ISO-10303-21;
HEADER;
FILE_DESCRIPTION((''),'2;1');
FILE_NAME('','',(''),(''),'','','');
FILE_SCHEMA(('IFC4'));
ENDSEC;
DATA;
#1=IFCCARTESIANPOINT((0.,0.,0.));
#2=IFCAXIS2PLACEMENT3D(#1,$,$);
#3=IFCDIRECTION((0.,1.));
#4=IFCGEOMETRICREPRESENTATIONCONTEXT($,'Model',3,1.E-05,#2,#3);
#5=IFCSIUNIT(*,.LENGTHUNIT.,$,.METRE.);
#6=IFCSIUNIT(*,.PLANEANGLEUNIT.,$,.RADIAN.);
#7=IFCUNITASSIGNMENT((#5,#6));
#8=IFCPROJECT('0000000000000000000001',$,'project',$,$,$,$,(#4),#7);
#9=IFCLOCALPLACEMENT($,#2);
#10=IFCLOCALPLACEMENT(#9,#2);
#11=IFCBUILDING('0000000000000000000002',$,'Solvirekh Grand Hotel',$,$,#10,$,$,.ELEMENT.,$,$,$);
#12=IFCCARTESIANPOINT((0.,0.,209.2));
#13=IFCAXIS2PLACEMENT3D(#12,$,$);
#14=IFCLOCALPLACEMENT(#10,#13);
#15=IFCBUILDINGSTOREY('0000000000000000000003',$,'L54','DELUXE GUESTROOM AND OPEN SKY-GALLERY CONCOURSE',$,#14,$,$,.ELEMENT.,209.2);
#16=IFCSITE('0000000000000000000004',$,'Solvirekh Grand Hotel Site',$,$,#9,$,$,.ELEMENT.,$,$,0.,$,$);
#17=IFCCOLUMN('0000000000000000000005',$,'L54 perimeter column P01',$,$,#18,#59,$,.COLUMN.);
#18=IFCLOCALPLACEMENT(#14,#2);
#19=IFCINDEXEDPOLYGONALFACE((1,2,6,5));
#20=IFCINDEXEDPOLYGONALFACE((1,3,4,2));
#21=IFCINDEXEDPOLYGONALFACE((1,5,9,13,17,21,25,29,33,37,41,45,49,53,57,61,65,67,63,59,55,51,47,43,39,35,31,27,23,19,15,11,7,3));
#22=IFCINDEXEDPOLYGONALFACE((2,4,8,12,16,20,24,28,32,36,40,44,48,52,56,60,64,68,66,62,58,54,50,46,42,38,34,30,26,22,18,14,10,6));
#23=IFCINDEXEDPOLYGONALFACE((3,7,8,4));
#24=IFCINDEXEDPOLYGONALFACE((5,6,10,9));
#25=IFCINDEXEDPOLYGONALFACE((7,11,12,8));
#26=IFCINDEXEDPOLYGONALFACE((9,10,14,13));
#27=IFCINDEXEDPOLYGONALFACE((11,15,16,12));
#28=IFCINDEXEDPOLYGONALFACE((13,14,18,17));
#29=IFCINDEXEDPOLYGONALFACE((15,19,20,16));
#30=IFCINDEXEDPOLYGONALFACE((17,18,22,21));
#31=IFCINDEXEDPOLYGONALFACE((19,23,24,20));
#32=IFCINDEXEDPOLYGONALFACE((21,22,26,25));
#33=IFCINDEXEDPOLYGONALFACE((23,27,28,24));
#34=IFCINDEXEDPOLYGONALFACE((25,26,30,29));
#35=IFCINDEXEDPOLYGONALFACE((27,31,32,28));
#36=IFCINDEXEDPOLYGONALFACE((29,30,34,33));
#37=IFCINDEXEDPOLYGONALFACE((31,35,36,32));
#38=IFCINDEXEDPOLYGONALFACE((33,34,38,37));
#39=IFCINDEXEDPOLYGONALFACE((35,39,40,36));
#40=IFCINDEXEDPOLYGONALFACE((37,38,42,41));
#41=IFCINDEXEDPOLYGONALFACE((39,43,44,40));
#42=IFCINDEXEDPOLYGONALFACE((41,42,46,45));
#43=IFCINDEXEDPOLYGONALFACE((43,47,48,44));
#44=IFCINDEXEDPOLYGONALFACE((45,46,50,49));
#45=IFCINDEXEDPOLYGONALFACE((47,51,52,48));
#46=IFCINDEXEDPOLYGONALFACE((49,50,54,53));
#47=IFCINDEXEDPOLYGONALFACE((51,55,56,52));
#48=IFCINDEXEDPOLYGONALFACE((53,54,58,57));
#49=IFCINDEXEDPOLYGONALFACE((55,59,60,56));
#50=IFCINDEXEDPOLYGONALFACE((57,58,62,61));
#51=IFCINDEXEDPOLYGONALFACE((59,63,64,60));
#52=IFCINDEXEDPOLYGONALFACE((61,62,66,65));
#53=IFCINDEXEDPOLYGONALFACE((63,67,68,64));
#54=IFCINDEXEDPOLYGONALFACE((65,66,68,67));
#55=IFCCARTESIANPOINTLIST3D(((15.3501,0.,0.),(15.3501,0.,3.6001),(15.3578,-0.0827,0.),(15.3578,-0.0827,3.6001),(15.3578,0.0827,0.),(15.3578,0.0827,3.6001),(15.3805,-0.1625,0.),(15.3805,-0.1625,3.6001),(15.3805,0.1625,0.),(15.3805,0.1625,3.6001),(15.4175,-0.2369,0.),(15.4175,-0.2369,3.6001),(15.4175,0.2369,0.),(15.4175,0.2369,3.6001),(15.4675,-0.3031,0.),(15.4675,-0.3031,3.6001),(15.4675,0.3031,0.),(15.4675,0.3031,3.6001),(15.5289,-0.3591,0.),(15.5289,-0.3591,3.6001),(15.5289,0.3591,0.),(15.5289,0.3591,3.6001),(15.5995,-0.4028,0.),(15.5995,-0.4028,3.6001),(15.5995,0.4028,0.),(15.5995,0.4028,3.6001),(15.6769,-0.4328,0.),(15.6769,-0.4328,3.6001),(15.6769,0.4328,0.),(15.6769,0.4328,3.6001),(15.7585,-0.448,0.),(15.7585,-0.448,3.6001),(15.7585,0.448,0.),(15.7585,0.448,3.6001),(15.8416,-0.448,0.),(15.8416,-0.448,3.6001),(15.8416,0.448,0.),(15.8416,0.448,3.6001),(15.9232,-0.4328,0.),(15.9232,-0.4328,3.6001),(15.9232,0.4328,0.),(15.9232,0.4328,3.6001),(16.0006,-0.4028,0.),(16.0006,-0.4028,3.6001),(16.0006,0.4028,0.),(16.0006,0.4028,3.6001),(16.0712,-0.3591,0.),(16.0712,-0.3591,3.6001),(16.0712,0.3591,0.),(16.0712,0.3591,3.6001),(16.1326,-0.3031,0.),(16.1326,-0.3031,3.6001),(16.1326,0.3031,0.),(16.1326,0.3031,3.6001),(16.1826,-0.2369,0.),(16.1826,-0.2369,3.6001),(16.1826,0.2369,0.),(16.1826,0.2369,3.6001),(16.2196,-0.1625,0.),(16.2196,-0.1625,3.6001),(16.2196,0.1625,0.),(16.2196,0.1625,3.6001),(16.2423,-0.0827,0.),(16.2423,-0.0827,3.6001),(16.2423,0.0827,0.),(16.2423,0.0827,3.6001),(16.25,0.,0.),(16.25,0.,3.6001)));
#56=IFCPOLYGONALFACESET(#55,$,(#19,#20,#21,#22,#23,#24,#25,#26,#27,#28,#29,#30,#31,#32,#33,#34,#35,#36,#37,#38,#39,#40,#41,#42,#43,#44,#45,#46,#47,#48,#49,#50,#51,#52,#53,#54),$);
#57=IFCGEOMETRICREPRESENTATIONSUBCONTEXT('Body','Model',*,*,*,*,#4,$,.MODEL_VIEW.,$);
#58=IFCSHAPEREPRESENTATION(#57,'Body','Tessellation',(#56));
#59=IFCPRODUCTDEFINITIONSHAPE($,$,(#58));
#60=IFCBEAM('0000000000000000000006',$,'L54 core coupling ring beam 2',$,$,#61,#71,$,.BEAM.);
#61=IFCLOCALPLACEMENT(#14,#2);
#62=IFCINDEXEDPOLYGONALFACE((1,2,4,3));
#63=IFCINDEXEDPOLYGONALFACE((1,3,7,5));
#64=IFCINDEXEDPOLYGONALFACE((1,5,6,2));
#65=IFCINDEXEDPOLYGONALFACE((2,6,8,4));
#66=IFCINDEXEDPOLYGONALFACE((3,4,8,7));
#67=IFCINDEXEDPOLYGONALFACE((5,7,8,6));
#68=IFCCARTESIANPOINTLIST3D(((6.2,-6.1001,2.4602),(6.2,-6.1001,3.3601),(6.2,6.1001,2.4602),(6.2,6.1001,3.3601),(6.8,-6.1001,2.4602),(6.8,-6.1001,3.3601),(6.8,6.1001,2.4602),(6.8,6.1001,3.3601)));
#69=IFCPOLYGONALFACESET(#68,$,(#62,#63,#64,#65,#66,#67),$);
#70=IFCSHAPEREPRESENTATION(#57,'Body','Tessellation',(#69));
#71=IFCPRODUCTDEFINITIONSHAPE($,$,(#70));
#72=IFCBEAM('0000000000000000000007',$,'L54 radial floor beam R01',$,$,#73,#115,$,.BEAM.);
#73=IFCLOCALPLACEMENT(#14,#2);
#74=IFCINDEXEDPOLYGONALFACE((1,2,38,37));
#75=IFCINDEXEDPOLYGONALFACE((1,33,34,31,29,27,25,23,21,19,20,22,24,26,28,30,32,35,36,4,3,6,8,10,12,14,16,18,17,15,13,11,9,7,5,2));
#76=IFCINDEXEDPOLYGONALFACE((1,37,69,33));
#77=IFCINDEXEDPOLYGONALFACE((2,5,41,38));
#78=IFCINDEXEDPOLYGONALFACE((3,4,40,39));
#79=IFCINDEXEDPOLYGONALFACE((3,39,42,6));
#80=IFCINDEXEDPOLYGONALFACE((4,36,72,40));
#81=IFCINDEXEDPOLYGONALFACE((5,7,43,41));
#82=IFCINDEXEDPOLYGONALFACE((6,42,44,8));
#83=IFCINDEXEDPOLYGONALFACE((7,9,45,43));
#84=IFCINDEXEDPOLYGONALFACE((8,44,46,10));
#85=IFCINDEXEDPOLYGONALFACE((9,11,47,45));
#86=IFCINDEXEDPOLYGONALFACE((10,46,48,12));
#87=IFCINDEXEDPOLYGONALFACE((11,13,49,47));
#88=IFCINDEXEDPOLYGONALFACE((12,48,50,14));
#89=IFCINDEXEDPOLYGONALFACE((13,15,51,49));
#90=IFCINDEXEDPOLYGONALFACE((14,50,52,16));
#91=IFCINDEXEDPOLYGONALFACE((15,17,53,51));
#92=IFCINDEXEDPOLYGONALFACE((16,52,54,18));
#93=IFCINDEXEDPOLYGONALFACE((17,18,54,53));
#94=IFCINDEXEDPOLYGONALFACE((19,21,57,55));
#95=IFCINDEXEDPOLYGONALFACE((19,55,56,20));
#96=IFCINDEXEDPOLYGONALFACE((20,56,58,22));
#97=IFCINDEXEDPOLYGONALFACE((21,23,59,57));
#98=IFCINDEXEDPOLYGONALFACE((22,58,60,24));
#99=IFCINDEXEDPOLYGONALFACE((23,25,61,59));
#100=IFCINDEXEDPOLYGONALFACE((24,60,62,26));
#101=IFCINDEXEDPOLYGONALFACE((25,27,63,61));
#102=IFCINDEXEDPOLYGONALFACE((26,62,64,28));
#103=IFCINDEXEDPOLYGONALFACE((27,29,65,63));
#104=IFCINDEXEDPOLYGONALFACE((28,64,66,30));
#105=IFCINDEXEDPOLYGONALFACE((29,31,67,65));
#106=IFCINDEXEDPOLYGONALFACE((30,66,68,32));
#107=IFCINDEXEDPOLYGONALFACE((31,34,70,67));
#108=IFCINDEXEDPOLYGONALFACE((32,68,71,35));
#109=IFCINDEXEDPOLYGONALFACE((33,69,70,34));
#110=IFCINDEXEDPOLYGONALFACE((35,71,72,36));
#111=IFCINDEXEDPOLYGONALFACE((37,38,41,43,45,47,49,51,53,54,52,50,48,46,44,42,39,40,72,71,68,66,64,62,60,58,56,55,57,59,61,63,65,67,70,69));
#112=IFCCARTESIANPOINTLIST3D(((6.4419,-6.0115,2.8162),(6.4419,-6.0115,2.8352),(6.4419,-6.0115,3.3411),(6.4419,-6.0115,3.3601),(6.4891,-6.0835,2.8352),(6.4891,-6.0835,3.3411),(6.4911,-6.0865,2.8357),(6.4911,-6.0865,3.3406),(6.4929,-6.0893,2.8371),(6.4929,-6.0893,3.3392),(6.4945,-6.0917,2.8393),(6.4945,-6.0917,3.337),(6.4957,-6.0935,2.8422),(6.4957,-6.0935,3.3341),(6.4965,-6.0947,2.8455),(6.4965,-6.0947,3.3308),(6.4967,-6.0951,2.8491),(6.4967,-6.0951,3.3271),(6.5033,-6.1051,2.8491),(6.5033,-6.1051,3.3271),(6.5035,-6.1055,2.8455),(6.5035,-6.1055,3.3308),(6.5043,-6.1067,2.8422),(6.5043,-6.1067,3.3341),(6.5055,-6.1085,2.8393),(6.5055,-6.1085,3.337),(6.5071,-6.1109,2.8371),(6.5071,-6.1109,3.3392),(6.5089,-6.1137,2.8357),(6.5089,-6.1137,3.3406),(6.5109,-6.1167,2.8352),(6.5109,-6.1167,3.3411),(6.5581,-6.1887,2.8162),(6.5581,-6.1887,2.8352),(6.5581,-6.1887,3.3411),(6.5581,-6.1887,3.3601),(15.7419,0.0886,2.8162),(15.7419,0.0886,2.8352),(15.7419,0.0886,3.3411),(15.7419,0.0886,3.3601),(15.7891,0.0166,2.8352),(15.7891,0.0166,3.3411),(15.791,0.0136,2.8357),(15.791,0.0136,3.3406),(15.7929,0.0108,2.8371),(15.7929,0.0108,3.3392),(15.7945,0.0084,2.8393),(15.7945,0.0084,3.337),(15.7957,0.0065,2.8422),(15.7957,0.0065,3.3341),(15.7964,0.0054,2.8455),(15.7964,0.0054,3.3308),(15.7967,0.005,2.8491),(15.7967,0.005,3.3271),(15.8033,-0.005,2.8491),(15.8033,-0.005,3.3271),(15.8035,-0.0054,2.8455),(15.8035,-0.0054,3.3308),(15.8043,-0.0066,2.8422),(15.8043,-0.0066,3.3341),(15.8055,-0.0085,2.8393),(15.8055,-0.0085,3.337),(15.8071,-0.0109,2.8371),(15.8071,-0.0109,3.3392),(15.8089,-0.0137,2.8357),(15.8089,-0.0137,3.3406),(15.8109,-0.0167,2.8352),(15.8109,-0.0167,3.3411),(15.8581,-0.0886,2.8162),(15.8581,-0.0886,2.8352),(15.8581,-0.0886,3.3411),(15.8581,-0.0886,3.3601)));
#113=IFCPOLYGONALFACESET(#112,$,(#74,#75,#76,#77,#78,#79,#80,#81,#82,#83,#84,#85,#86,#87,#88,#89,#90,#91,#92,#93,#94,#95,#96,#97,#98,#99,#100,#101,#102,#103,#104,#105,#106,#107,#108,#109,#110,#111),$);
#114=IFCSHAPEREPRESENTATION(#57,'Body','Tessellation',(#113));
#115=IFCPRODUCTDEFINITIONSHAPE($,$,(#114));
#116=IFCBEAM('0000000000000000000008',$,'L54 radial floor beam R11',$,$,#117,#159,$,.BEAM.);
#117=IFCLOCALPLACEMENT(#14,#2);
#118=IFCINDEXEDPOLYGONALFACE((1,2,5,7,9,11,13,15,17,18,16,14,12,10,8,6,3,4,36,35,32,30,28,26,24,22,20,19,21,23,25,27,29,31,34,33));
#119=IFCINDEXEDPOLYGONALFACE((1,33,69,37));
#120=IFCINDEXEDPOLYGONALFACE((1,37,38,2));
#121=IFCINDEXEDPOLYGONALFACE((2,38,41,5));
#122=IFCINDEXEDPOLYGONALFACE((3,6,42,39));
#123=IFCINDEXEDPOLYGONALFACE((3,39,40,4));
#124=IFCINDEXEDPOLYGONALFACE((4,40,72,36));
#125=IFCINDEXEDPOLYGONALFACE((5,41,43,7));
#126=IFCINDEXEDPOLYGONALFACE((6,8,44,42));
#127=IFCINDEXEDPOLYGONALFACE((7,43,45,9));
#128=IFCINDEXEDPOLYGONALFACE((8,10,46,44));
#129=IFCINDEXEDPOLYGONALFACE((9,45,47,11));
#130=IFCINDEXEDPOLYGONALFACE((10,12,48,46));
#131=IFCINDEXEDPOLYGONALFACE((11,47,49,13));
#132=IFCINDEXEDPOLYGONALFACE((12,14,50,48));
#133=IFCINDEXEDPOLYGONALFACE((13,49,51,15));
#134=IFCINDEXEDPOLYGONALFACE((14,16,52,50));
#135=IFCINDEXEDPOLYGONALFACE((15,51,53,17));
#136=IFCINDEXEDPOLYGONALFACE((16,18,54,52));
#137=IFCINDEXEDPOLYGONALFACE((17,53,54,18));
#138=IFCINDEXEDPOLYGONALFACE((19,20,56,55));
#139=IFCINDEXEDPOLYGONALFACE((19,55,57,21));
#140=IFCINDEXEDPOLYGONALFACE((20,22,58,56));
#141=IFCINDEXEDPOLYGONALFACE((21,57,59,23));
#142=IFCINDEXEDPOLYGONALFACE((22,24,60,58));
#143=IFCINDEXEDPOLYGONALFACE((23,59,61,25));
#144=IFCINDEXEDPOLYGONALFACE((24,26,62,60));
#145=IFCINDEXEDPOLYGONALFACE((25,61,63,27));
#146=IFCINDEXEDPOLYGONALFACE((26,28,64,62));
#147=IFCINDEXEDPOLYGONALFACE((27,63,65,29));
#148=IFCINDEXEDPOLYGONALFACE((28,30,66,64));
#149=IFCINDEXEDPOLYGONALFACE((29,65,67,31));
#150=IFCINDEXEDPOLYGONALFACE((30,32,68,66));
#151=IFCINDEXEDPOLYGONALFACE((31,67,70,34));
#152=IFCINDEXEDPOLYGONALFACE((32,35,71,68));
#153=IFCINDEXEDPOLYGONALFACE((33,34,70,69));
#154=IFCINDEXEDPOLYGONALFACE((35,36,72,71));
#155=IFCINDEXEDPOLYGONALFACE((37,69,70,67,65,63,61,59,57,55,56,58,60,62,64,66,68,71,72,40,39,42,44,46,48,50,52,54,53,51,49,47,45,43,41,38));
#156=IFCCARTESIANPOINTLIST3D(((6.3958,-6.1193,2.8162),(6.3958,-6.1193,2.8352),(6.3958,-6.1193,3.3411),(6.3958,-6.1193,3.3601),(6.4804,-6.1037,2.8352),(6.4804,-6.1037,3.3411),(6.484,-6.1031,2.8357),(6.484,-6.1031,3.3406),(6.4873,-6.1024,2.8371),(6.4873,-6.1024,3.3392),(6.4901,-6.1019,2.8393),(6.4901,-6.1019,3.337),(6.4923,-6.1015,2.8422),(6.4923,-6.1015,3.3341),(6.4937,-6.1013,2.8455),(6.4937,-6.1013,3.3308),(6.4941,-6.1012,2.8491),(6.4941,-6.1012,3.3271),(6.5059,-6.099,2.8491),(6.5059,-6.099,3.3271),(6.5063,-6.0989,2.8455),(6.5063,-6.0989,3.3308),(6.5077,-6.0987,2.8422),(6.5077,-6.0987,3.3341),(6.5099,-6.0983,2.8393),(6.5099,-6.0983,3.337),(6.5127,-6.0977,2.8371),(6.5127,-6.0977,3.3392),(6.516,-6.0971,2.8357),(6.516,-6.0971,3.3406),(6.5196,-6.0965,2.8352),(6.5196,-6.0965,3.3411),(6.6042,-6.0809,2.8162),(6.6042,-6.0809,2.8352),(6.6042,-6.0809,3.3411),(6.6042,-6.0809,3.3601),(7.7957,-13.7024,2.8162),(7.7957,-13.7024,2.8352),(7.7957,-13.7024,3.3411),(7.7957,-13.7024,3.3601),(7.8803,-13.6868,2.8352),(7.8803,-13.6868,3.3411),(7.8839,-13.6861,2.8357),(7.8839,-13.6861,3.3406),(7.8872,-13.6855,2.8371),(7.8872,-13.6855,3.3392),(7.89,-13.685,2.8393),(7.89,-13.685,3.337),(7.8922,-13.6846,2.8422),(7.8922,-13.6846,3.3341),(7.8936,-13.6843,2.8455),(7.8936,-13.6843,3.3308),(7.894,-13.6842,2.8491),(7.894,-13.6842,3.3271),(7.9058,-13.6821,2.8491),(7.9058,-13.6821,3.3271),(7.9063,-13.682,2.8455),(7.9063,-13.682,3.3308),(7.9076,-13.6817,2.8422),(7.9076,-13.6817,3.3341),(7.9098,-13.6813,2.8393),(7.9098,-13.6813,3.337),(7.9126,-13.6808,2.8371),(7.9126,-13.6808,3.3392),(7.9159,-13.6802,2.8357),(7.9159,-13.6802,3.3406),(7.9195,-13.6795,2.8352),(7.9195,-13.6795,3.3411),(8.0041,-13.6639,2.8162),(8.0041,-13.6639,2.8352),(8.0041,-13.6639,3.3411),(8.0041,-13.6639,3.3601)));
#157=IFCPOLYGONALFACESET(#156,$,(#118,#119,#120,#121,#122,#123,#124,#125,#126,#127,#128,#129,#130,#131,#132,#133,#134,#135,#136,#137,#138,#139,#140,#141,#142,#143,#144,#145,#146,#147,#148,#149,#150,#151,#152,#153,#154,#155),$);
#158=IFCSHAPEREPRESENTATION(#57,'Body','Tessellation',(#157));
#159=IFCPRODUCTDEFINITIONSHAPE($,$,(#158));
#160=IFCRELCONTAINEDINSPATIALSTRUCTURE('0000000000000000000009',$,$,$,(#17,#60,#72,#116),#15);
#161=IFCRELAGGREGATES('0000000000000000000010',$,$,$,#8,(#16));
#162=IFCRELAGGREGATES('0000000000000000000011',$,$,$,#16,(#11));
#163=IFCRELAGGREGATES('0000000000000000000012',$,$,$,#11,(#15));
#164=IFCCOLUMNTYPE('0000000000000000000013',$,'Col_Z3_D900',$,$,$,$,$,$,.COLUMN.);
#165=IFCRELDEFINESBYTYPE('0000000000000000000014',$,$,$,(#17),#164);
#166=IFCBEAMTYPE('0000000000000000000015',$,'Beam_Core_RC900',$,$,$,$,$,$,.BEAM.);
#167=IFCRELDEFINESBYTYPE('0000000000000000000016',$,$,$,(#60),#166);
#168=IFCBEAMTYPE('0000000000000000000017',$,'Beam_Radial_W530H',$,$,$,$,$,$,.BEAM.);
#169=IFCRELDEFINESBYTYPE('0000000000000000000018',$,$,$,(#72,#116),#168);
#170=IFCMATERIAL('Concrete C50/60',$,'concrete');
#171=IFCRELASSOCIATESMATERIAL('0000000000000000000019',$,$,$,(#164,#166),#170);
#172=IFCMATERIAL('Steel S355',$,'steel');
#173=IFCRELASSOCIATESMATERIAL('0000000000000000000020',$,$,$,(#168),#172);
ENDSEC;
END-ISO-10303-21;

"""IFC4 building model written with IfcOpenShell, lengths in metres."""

from ifc_helpers import new_model, si_unit, direction, frame, origin, origin_2d, place, context, subcontext, project, spatial, rectangle, circle, i_section, extrude, material, material_profile, profile_set, type_object, element, save


model = new_model("IFC4")

# Units and contexts
model_context = context("Model", 3, precision=1e-05, world=origin(), true_north=direction((0.0, 1.0)))
body_context = subcontext(model_context, "Body", "Model", "MODEL_VIEW")
ifc_project = project(units=[si_unit("LENGTHUNIT", "METRE"), si_unit("PLANEANGLEUNIT", "RADIAN")], contexts=[model_context])

# Site, building, storey
site_placement = place(None, origin())
site = spatial("IfcSite", under=ifc_project, at=site_placement, Name="Solvirekh Grand Hotel Site", CompositionType="ELEMENT", RefElevation=0.0)
building_placement = place(site_placement, origin())
building = spatial("IfcBuilding", under=site, at=building_placement, Name="Solvirekh Grand Hotel", CompositionType="ELEMENT")
storey_placement = place(building_placement, frame((0.0, 0.0, 209.2)))
storey = spatial("IfcBuildingStorey", under=building, at=storey_placement, Name="L54", Description="DELUXE GUESTROOM AND OPEN SKY-GALLERY CONCOURSE", CompositionType="ELEMENT", Elevation=209.2)

# Column
ifc_material_1 = material(Name="Concrete C50/60", Category="concrete")
ifc_material_profile_1 = material_profile(ifc_material_1, circle(Radius=0.45, at=origin_2d()), Name="RC CIRC D900")
ifc_profile_set_1 = profile_set([ifc_material_profile_1], Name="Concrete C50/60")
column_type = type_object("IfcColumnType", Name="Col_Z3_D900", PredefinedType="COLUMN", material=ifc_profile_set_1)
column_placement = place(storey_placement, frame((15.8, 0.0, 0.0), z_axis=(0.0, 0.0, 1.0), x_axis=(1.0, 0.0, 0.0)))
element("IfcColumn", 1, at=column_placement, inside=storey, type_object=column_type, Name="L54 perimeter column P01", PredefinedType="COLUMN", context=body_context, shape_type="SweptSolid", body=[
    extrude(circle(Radius=0.45, at=origin_2d()), origin(), (0.0, 0.0, 1.0), 3.6001),
])

# Beams
ifc_material_profile_2 = material_profile(ifc_material_1, rectangle(XDim=0.6001, YDim=0.8999, at=origin_2d()), Name="RC BEAM 600X900")
ifc_profile_set_2 = profile_set([ifc_material_profile_2], Name="Concrete C50/60")
beam_type_1 = type_object("IfcBeamType", Name="Beam_Core_RC900", PredefinedType="BEAM", material=ifc_profile_set_2)
beam_1_placement = place(storey_placement, frame((6.5, -6.1001, 2.9102), z_axis=(0.0, 1.0, 0.0), x_axis=(-1.0, 0.0, 0.0)))
element("IfcBeam", 2, at=beam_1_placement, inside=storey, type_object=beam_type_1, Name="L54 core coupling ring beam 2", PredefinedType="BEAM", context=body_context, shape_type="SweptSolid", body=[
    extrude(rectangle(XDim=0.6001, YDim=0.8999, at=origin_2d()), origin(), (0.0, 0.0, 1.0), 12.2002),
])
ifc_material_2 = material(Name="Steel S355", Category="steel")
ifc_material_profile_3 = material_profile(ifc_material_2, i_section(OverallWidth=0.2119, OverallDepth=0.5439, WebThickness=0.012, FlangeThickness=0.019, FilletRadius=0.0139, at=origin_2d()), Name="W530X123")
ifc_profile_set_3 = profile_set([ifc_material_profile_3], Name="Steel S355")
beam_type_2 = type_object("IfcBeamType", Name="Beam_Radial_W530H", PredefinedType="BEAM", material=ifc_profile_set_3)
beam_2_placement = place(storey_placement, frame((6.5, -6.1001, 3.0881), z_axis=(0.836174, 0.548464, 0.0), x_axis=(-0.548464, 0.836174, 0.0)))
element("IfcBeam", 3, at=beam_2_placement, inside=storey, type_object=beam_type_2, Name="L54 radial floor beam R01", PredefinedType="BEAM", context=body_context, shape_type="SweptSolid", body=[
    extrude(i_section(OverallWidth=0.2119, OverallDepth=0.5439, WebThickness=0.012, FlangeThickness=0.019, FilletRadius=0.0139, at=origin_2d()), origin(), (0.0, 0.0, 1.0), 11.1221),
])
beam_3_placement = place(storey_placement, frame((6.5, -6.1001, 3.0881), z_axis=(0.181543, -0.983383, 0.0), x_axis=(0.983383, 0.181543, 0.0)))
element("IfcBeam", 4, at=beam_3_placement, inside=storey, type_object=beam_type_2, Name="L54 radial floor beam R11", PredefinedType="BEAM", context=body_context, shape_type="SweptSolid", body=[
    extrude(i_section(OverallWidth=0.2119, OverallDepth=0.5439, WebThickness=0.012, FlangeThickness=0.019, FilletRadius=0.0139, at=origin_2d()), origin(), (0.0, 0.0, 1.0), 7.7112),
])

save(model, "model.ifc")
